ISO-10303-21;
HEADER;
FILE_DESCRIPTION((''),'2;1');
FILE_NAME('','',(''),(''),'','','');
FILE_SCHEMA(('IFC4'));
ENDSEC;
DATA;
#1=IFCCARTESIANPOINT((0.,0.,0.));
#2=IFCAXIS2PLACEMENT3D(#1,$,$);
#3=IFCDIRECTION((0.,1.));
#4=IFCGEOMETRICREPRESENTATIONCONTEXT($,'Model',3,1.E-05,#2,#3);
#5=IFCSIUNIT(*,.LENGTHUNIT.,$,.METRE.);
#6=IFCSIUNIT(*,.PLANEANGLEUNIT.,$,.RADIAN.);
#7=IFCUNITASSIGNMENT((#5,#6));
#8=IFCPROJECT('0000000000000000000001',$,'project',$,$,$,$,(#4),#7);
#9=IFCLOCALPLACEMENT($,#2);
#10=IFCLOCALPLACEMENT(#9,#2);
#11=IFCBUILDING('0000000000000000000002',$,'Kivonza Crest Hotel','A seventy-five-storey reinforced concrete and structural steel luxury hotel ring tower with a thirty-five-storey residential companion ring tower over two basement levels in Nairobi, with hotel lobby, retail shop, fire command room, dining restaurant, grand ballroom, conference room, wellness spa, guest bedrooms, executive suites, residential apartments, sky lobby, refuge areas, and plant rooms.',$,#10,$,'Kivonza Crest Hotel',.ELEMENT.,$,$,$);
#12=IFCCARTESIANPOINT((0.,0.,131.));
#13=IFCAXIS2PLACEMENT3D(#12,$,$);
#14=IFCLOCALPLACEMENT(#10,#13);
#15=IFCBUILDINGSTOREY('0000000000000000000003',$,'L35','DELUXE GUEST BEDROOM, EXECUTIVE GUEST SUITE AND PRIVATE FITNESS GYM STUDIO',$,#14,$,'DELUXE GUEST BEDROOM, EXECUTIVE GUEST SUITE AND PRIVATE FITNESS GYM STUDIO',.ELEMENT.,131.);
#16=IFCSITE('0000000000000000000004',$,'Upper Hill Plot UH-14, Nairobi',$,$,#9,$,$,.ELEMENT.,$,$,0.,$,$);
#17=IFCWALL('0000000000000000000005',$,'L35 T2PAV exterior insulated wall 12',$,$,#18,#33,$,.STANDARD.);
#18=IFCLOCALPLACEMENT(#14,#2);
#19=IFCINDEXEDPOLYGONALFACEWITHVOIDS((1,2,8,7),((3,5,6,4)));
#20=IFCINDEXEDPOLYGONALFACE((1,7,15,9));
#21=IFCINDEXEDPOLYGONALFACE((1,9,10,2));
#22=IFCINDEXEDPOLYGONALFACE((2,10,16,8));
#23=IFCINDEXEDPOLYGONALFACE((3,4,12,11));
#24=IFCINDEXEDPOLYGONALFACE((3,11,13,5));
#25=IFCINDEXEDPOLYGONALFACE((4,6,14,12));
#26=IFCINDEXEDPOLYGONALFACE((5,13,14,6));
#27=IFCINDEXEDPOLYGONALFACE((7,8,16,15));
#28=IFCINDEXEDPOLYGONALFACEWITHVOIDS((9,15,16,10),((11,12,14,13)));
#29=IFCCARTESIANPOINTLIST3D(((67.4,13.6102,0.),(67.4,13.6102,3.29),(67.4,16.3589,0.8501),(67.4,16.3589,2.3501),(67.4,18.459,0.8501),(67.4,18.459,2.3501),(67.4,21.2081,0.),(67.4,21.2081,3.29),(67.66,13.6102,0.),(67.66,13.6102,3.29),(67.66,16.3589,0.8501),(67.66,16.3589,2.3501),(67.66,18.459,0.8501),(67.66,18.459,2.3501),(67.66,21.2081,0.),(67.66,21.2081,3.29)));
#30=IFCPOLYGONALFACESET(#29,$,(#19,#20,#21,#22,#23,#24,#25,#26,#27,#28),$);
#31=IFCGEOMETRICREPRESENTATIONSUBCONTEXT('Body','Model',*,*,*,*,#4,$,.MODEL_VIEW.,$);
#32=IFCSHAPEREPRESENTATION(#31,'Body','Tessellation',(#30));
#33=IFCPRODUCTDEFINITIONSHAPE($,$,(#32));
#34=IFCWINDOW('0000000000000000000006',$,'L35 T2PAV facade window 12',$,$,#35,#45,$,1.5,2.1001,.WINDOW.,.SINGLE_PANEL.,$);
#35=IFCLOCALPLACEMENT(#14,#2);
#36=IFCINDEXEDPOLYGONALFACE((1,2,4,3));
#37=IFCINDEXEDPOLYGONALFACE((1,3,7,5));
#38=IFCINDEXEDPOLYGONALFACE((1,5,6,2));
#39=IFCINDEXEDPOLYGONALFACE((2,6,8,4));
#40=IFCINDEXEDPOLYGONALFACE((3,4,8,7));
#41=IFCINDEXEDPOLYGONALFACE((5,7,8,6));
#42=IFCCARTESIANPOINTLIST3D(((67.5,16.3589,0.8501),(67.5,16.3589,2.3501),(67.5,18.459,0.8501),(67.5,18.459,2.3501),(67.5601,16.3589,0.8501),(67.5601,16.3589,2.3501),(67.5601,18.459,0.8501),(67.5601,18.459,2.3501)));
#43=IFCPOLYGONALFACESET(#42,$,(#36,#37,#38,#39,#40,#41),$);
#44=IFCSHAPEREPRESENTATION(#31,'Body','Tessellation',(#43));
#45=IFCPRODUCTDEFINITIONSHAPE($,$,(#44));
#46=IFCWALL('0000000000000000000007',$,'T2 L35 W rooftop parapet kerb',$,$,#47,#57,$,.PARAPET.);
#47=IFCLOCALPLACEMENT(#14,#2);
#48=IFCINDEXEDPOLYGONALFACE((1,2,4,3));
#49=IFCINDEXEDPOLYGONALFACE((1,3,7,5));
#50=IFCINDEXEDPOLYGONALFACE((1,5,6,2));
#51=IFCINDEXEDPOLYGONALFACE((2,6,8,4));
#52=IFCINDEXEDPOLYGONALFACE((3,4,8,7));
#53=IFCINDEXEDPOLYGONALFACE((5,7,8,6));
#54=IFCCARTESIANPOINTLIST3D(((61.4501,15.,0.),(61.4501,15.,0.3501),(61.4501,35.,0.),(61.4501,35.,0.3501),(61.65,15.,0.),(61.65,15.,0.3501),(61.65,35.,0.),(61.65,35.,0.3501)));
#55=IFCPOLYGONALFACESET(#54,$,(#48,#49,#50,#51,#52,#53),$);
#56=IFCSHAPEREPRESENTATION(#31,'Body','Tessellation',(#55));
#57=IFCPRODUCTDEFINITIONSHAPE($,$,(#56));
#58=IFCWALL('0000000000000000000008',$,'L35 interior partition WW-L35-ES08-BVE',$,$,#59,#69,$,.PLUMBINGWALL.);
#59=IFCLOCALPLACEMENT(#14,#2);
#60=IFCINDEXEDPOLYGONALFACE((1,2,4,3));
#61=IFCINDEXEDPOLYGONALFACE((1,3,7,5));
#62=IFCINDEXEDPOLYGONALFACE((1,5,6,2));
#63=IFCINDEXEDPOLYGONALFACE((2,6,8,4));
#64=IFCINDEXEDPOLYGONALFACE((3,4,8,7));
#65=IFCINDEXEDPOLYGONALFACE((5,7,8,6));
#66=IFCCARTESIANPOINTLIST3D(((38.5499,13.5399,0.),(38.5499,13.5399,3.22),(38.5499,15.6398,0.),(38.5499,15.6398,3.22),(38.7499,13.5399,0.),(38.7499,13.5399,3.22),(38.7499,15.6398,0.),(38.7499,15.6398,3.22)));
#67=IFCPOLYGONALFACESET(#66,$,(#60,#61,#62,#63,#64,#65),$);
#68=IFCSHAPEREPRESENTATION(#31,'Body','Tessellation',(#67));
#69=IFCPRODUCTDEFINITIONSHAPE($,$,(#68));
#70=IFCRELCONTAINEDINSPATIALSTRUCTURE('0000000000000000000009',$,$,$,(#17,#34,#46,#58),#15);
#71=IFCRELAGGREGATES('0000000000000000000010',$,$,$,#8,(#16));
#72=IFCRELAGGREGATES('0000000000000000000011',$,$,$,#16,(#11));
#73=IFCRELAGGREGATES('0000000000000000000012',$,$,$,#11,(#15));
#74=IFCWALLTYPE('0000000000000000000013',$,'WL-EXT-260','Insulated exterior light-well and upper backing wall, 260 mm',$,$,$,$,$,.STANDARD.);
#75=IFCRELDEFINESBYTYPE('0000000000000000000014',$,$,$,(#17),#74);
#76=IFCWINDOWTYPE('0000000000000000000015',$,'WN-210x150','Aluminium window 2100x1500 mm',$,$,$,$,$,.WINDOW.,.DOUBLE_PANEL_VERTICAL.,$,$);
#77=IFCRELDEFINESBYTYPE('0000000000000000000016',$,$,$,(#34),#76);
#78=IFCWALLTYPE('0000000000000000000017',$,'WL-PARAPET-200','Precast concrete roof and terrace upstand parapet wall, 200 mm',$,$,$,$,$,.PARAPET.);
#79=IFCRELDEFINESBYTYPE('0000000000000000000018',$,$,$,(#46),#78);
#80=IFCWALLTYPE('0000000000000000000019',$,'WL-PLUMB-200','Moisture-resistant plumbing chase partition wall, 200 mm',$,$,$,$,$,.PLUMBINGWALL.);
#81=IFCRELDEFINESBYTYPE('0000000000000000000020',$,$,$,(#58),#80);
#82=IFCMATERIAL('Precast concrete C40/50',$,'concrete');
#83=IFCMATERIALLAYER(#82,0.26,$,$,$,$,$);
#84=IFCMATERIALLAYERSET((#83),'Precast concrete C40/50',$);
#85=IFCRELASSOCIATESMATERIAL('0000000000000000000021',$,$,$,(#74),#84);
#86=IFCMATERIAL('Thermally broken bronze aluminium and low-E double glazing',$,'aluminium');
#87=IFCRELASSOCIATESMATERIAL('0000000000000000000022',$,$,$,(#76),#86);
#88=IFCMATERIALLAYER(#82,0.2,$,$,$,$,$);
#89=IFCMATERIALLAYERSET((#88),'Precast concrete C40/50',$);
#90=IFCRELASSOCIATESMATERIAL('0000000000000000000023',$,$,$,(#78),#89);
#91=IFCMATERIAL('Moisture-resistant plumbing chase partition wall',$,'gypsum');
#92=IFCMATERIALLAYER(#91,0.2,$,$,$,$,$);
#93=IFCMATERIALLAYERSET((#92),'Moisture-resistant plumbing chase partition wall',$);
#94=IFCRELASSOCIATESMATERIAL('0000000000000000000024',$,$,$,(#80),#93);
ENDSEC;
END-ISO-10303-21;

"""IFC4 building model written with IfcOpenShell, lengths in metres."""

from ifc_helpers import new_model, si_unit, direction, frame, frame_2d, origin, place, context, subcontext, project, spatial, rectangle, extrude, material, layer, layer_set, type_object, element, fill, save


model = new_model("IFC4")

# Units and contexts
model_context = context("Model", 3, precision=1e-05, world=origin(), true_north=direction((0.0, 1.0)))
body_context = subcontext(model_context, "Body", "Model", "MODEL_VIEW")
ifc_project = project(units=[si_unit("LENGTHUNIT", "METRE"), si_unit("PLANEANGLEUNIT", "RADIAN")], contexts=[model_context])

# Site, building, storey
site_placement = place(None, origin())
site = spatial("IfcSite", under=ifc_project, at=site_placement, Name="Upper Hill Plot UH-14, Nairobi", CompositionType="ELEMENT", RefElevation=0.0)
building_placement = place(site_placement, origin())
building = spatial("IfcBuilding", under=site, at=building_placement, Name="Kivonza Crest Hotel", Description="A seventy-five-storey reinforced concrete and structural steel luxury hotel ring tower with a thirty-five-storey residential companion ring tower over two basement levels in Nairobi, with hotel lobby, retail shop, fire command room, dining restaurant, grand ballroom, conference room, wellness spa, guest bedrooms, executive suites, residential apartments, sky lobby, refuge areas, and plant rooms.", LongName="Kivonza Crest Hotel", CompositionType="ELEMENT")
storey_placement = place(building_placement, frame((0.0, 0.0, 131.0)))
storey = spatial("IfcBuildingStorey", under=building, at=storey_placement, Name="L35", Description="DELUXE GUEST BEDROOM, EXECUTIVE GUEST SUITE AND PRIVATE FITNESS GYM STUDIO", LongName="DELUXE GUEST BEDROOM, EXECUTIVE GUEST SUITE AND PRIVATE FITNESS GYM STUDIO", CompositionType="ELEMENT", Elevation=131.0)

# Shared definitions
ifc_material_1 = material(Name="Precast concrete C40/50", Category="concrete")
ifc_layer_1 = layer(ifc_material_1, 0.26)
ifc_layer_set_1 = layer_set([ifc_layer_1], Name="Precast concrete C40/50")
wall_type_1 = type_object("IfcWallType", Name="WL-EXT-260", Description="Insulated exterior light-well and upper backing wall, 260 mm", PredefinedType="STANDARD", material=ifc_layer_set_1)

# Wall, opening, window
ifc_material_2 = material(Name="Thermally broken bronze aluminium and low-E double glazing", Category="aluminium")
window_type = type_object("IfcWindowType", Name="WN-210x150", Description="Aluminium window 2100x1500 mm", PartitioningType="DOUBLE_PANEL_VERTICAL", PredefinedType="WINDOW", material=ifc_material_2)
wall_1_placement = place(storey_placement, frame((67.53, 21.208, 0.0), z_axis=(0.0, 0.0, 1.0), x_axis=(0.0, -1.0, 0.0)))
wall_1 = element("IfcWall", 1, at=wall_1_placement, inside=storey, type_object=wall_type_1, Name="L35 T2PAV exterior insulated wall 12", PredefinedType="STANDARD", context=body_context, shape_type="SweptSolid", body=[
    extrude(rectangle(XDim=7.5979, YDim=0.26, at=frame_2d((3.7988, 0.0))), origin(), (0.0, 0.0, 1.0), 3.29),
])
opening_1_placement = place(wall_1_placement, frame((2.749, 0.0, 0.8501)))
opening_1 = element("IfcOpeningElement", 2, at=opening_1_placement, cuts=wall_1, PredefinedType="OPENING", context=body_context, shape_type="SweptSolid", body=[
    extrude(rectangle(XDim=2.1001, YDim=1.5, at=frame_2d((1.05, 0.75))), frame((0.0, 0.1401, 0.0), z_axis=(0.0, -1.0, 0.0), x_axis=(1.0, 0.0, 0.0)), (0.0, 0.0, 1.0), 0.28),
])
window_1_placement = place(opening_1_placement, origin())
window_1 = element("IfcWindow", 3, at=window_1_placement, inside=storey, type_object=window_type, Name="L35 T2PAV facade window 12", OverallHeight=1.5, OverallWidth=2.1001, PartitioningType="SINGLE_PANEL", PredefinedType="WINDOW", context=body_context, shape_type="SweptSolid", body=[
    extrude(rectangle(XDim=2.1001, YDim=1.5, at=frame_2d((1.05, 0.75))), frame((0.0, 0.03, 0.0), z_axis=(0.0, -1.0, 0.0), x_axis=(1.0, 0.0, 0.0)), (0.0, 0.0, 1.0), 0.0601),
])
fill(opening_1, window_1)

# Walls
ifc_layer_2 = layer(ifc_material_1, 0.2)
ifc_layer_set_2 = layer_set([ifc_layer_2], Name="Precast concrete C40/50")
wall_type_2 = type_object("IfcWallType", Name="WL-PARAPET-200", Description="Precast concrete roof and terrace upstand parapet wall, 200 mm", PredefinedType="PARAPET", material=ifc_layer_set_2)
wall_2_placement = place(storey_placement, frame((61.55, 15.0, 0.0), z_axis=(0.0, 0.0, 1.0), x_axis=(0.0, 1.0, 0.0)))
element("IfcWall", 4, at=wall_2_placement, inside=storey, type_object=wall_type_2, Name="T2 L35 W rooftop parapet kerb", PredefinedType="PARAPET", context=body_context, shape_type="SweptSolid", body=[
    extrude(rectangle(XDim=20.0, YDim=0.2, at=frame_2d((10.0, 0.0))), origin(), (0.0, 0.0, 1.0), 0.3501),
])
ifc_material_3 = material(Name="Moisture-resistant plumbing chase partition wall", Category="gypsum")
ifc_layer_3 = layer(ifc_material_3, 0.2)
ifc_layer_set_3 = layer_set([ifc_layer_3], Name="Moisture-resistant plumbing chase partition wall")
wall_type_3 = type_object("IfcWallType", Name="WL-PLUMB-200", Description="Moisture-resistant plumbing chase partition wall, 200 mm", PredefinedType="PLUMBINGWALL", material=ifc_layer_set_3)
wall_3_placement = place(storey_placement, frame((38.6499, 13.54, 0.0), z_axis=(0.0, 0.0, 1.0), x_axis=(0.0, 1.0, 0.0)))
element("IfcWall", 5, at=wall_3_placement, inside=storey, type_object=wall_type_3, Name="L35 interior partition WW-L35-ES08-BVE", PredefinedType="PLUMBINGWALL", context=body_context, shape_type="SweptSolid", body=[
    extrude(rectangle(XDim=2.0999, YDim=0.2, at=frame_2d((1.0498, 0.0))), origin(), (0.0, 0.0, 1.0), 3.22),
])

save(model, "model.ifc")
